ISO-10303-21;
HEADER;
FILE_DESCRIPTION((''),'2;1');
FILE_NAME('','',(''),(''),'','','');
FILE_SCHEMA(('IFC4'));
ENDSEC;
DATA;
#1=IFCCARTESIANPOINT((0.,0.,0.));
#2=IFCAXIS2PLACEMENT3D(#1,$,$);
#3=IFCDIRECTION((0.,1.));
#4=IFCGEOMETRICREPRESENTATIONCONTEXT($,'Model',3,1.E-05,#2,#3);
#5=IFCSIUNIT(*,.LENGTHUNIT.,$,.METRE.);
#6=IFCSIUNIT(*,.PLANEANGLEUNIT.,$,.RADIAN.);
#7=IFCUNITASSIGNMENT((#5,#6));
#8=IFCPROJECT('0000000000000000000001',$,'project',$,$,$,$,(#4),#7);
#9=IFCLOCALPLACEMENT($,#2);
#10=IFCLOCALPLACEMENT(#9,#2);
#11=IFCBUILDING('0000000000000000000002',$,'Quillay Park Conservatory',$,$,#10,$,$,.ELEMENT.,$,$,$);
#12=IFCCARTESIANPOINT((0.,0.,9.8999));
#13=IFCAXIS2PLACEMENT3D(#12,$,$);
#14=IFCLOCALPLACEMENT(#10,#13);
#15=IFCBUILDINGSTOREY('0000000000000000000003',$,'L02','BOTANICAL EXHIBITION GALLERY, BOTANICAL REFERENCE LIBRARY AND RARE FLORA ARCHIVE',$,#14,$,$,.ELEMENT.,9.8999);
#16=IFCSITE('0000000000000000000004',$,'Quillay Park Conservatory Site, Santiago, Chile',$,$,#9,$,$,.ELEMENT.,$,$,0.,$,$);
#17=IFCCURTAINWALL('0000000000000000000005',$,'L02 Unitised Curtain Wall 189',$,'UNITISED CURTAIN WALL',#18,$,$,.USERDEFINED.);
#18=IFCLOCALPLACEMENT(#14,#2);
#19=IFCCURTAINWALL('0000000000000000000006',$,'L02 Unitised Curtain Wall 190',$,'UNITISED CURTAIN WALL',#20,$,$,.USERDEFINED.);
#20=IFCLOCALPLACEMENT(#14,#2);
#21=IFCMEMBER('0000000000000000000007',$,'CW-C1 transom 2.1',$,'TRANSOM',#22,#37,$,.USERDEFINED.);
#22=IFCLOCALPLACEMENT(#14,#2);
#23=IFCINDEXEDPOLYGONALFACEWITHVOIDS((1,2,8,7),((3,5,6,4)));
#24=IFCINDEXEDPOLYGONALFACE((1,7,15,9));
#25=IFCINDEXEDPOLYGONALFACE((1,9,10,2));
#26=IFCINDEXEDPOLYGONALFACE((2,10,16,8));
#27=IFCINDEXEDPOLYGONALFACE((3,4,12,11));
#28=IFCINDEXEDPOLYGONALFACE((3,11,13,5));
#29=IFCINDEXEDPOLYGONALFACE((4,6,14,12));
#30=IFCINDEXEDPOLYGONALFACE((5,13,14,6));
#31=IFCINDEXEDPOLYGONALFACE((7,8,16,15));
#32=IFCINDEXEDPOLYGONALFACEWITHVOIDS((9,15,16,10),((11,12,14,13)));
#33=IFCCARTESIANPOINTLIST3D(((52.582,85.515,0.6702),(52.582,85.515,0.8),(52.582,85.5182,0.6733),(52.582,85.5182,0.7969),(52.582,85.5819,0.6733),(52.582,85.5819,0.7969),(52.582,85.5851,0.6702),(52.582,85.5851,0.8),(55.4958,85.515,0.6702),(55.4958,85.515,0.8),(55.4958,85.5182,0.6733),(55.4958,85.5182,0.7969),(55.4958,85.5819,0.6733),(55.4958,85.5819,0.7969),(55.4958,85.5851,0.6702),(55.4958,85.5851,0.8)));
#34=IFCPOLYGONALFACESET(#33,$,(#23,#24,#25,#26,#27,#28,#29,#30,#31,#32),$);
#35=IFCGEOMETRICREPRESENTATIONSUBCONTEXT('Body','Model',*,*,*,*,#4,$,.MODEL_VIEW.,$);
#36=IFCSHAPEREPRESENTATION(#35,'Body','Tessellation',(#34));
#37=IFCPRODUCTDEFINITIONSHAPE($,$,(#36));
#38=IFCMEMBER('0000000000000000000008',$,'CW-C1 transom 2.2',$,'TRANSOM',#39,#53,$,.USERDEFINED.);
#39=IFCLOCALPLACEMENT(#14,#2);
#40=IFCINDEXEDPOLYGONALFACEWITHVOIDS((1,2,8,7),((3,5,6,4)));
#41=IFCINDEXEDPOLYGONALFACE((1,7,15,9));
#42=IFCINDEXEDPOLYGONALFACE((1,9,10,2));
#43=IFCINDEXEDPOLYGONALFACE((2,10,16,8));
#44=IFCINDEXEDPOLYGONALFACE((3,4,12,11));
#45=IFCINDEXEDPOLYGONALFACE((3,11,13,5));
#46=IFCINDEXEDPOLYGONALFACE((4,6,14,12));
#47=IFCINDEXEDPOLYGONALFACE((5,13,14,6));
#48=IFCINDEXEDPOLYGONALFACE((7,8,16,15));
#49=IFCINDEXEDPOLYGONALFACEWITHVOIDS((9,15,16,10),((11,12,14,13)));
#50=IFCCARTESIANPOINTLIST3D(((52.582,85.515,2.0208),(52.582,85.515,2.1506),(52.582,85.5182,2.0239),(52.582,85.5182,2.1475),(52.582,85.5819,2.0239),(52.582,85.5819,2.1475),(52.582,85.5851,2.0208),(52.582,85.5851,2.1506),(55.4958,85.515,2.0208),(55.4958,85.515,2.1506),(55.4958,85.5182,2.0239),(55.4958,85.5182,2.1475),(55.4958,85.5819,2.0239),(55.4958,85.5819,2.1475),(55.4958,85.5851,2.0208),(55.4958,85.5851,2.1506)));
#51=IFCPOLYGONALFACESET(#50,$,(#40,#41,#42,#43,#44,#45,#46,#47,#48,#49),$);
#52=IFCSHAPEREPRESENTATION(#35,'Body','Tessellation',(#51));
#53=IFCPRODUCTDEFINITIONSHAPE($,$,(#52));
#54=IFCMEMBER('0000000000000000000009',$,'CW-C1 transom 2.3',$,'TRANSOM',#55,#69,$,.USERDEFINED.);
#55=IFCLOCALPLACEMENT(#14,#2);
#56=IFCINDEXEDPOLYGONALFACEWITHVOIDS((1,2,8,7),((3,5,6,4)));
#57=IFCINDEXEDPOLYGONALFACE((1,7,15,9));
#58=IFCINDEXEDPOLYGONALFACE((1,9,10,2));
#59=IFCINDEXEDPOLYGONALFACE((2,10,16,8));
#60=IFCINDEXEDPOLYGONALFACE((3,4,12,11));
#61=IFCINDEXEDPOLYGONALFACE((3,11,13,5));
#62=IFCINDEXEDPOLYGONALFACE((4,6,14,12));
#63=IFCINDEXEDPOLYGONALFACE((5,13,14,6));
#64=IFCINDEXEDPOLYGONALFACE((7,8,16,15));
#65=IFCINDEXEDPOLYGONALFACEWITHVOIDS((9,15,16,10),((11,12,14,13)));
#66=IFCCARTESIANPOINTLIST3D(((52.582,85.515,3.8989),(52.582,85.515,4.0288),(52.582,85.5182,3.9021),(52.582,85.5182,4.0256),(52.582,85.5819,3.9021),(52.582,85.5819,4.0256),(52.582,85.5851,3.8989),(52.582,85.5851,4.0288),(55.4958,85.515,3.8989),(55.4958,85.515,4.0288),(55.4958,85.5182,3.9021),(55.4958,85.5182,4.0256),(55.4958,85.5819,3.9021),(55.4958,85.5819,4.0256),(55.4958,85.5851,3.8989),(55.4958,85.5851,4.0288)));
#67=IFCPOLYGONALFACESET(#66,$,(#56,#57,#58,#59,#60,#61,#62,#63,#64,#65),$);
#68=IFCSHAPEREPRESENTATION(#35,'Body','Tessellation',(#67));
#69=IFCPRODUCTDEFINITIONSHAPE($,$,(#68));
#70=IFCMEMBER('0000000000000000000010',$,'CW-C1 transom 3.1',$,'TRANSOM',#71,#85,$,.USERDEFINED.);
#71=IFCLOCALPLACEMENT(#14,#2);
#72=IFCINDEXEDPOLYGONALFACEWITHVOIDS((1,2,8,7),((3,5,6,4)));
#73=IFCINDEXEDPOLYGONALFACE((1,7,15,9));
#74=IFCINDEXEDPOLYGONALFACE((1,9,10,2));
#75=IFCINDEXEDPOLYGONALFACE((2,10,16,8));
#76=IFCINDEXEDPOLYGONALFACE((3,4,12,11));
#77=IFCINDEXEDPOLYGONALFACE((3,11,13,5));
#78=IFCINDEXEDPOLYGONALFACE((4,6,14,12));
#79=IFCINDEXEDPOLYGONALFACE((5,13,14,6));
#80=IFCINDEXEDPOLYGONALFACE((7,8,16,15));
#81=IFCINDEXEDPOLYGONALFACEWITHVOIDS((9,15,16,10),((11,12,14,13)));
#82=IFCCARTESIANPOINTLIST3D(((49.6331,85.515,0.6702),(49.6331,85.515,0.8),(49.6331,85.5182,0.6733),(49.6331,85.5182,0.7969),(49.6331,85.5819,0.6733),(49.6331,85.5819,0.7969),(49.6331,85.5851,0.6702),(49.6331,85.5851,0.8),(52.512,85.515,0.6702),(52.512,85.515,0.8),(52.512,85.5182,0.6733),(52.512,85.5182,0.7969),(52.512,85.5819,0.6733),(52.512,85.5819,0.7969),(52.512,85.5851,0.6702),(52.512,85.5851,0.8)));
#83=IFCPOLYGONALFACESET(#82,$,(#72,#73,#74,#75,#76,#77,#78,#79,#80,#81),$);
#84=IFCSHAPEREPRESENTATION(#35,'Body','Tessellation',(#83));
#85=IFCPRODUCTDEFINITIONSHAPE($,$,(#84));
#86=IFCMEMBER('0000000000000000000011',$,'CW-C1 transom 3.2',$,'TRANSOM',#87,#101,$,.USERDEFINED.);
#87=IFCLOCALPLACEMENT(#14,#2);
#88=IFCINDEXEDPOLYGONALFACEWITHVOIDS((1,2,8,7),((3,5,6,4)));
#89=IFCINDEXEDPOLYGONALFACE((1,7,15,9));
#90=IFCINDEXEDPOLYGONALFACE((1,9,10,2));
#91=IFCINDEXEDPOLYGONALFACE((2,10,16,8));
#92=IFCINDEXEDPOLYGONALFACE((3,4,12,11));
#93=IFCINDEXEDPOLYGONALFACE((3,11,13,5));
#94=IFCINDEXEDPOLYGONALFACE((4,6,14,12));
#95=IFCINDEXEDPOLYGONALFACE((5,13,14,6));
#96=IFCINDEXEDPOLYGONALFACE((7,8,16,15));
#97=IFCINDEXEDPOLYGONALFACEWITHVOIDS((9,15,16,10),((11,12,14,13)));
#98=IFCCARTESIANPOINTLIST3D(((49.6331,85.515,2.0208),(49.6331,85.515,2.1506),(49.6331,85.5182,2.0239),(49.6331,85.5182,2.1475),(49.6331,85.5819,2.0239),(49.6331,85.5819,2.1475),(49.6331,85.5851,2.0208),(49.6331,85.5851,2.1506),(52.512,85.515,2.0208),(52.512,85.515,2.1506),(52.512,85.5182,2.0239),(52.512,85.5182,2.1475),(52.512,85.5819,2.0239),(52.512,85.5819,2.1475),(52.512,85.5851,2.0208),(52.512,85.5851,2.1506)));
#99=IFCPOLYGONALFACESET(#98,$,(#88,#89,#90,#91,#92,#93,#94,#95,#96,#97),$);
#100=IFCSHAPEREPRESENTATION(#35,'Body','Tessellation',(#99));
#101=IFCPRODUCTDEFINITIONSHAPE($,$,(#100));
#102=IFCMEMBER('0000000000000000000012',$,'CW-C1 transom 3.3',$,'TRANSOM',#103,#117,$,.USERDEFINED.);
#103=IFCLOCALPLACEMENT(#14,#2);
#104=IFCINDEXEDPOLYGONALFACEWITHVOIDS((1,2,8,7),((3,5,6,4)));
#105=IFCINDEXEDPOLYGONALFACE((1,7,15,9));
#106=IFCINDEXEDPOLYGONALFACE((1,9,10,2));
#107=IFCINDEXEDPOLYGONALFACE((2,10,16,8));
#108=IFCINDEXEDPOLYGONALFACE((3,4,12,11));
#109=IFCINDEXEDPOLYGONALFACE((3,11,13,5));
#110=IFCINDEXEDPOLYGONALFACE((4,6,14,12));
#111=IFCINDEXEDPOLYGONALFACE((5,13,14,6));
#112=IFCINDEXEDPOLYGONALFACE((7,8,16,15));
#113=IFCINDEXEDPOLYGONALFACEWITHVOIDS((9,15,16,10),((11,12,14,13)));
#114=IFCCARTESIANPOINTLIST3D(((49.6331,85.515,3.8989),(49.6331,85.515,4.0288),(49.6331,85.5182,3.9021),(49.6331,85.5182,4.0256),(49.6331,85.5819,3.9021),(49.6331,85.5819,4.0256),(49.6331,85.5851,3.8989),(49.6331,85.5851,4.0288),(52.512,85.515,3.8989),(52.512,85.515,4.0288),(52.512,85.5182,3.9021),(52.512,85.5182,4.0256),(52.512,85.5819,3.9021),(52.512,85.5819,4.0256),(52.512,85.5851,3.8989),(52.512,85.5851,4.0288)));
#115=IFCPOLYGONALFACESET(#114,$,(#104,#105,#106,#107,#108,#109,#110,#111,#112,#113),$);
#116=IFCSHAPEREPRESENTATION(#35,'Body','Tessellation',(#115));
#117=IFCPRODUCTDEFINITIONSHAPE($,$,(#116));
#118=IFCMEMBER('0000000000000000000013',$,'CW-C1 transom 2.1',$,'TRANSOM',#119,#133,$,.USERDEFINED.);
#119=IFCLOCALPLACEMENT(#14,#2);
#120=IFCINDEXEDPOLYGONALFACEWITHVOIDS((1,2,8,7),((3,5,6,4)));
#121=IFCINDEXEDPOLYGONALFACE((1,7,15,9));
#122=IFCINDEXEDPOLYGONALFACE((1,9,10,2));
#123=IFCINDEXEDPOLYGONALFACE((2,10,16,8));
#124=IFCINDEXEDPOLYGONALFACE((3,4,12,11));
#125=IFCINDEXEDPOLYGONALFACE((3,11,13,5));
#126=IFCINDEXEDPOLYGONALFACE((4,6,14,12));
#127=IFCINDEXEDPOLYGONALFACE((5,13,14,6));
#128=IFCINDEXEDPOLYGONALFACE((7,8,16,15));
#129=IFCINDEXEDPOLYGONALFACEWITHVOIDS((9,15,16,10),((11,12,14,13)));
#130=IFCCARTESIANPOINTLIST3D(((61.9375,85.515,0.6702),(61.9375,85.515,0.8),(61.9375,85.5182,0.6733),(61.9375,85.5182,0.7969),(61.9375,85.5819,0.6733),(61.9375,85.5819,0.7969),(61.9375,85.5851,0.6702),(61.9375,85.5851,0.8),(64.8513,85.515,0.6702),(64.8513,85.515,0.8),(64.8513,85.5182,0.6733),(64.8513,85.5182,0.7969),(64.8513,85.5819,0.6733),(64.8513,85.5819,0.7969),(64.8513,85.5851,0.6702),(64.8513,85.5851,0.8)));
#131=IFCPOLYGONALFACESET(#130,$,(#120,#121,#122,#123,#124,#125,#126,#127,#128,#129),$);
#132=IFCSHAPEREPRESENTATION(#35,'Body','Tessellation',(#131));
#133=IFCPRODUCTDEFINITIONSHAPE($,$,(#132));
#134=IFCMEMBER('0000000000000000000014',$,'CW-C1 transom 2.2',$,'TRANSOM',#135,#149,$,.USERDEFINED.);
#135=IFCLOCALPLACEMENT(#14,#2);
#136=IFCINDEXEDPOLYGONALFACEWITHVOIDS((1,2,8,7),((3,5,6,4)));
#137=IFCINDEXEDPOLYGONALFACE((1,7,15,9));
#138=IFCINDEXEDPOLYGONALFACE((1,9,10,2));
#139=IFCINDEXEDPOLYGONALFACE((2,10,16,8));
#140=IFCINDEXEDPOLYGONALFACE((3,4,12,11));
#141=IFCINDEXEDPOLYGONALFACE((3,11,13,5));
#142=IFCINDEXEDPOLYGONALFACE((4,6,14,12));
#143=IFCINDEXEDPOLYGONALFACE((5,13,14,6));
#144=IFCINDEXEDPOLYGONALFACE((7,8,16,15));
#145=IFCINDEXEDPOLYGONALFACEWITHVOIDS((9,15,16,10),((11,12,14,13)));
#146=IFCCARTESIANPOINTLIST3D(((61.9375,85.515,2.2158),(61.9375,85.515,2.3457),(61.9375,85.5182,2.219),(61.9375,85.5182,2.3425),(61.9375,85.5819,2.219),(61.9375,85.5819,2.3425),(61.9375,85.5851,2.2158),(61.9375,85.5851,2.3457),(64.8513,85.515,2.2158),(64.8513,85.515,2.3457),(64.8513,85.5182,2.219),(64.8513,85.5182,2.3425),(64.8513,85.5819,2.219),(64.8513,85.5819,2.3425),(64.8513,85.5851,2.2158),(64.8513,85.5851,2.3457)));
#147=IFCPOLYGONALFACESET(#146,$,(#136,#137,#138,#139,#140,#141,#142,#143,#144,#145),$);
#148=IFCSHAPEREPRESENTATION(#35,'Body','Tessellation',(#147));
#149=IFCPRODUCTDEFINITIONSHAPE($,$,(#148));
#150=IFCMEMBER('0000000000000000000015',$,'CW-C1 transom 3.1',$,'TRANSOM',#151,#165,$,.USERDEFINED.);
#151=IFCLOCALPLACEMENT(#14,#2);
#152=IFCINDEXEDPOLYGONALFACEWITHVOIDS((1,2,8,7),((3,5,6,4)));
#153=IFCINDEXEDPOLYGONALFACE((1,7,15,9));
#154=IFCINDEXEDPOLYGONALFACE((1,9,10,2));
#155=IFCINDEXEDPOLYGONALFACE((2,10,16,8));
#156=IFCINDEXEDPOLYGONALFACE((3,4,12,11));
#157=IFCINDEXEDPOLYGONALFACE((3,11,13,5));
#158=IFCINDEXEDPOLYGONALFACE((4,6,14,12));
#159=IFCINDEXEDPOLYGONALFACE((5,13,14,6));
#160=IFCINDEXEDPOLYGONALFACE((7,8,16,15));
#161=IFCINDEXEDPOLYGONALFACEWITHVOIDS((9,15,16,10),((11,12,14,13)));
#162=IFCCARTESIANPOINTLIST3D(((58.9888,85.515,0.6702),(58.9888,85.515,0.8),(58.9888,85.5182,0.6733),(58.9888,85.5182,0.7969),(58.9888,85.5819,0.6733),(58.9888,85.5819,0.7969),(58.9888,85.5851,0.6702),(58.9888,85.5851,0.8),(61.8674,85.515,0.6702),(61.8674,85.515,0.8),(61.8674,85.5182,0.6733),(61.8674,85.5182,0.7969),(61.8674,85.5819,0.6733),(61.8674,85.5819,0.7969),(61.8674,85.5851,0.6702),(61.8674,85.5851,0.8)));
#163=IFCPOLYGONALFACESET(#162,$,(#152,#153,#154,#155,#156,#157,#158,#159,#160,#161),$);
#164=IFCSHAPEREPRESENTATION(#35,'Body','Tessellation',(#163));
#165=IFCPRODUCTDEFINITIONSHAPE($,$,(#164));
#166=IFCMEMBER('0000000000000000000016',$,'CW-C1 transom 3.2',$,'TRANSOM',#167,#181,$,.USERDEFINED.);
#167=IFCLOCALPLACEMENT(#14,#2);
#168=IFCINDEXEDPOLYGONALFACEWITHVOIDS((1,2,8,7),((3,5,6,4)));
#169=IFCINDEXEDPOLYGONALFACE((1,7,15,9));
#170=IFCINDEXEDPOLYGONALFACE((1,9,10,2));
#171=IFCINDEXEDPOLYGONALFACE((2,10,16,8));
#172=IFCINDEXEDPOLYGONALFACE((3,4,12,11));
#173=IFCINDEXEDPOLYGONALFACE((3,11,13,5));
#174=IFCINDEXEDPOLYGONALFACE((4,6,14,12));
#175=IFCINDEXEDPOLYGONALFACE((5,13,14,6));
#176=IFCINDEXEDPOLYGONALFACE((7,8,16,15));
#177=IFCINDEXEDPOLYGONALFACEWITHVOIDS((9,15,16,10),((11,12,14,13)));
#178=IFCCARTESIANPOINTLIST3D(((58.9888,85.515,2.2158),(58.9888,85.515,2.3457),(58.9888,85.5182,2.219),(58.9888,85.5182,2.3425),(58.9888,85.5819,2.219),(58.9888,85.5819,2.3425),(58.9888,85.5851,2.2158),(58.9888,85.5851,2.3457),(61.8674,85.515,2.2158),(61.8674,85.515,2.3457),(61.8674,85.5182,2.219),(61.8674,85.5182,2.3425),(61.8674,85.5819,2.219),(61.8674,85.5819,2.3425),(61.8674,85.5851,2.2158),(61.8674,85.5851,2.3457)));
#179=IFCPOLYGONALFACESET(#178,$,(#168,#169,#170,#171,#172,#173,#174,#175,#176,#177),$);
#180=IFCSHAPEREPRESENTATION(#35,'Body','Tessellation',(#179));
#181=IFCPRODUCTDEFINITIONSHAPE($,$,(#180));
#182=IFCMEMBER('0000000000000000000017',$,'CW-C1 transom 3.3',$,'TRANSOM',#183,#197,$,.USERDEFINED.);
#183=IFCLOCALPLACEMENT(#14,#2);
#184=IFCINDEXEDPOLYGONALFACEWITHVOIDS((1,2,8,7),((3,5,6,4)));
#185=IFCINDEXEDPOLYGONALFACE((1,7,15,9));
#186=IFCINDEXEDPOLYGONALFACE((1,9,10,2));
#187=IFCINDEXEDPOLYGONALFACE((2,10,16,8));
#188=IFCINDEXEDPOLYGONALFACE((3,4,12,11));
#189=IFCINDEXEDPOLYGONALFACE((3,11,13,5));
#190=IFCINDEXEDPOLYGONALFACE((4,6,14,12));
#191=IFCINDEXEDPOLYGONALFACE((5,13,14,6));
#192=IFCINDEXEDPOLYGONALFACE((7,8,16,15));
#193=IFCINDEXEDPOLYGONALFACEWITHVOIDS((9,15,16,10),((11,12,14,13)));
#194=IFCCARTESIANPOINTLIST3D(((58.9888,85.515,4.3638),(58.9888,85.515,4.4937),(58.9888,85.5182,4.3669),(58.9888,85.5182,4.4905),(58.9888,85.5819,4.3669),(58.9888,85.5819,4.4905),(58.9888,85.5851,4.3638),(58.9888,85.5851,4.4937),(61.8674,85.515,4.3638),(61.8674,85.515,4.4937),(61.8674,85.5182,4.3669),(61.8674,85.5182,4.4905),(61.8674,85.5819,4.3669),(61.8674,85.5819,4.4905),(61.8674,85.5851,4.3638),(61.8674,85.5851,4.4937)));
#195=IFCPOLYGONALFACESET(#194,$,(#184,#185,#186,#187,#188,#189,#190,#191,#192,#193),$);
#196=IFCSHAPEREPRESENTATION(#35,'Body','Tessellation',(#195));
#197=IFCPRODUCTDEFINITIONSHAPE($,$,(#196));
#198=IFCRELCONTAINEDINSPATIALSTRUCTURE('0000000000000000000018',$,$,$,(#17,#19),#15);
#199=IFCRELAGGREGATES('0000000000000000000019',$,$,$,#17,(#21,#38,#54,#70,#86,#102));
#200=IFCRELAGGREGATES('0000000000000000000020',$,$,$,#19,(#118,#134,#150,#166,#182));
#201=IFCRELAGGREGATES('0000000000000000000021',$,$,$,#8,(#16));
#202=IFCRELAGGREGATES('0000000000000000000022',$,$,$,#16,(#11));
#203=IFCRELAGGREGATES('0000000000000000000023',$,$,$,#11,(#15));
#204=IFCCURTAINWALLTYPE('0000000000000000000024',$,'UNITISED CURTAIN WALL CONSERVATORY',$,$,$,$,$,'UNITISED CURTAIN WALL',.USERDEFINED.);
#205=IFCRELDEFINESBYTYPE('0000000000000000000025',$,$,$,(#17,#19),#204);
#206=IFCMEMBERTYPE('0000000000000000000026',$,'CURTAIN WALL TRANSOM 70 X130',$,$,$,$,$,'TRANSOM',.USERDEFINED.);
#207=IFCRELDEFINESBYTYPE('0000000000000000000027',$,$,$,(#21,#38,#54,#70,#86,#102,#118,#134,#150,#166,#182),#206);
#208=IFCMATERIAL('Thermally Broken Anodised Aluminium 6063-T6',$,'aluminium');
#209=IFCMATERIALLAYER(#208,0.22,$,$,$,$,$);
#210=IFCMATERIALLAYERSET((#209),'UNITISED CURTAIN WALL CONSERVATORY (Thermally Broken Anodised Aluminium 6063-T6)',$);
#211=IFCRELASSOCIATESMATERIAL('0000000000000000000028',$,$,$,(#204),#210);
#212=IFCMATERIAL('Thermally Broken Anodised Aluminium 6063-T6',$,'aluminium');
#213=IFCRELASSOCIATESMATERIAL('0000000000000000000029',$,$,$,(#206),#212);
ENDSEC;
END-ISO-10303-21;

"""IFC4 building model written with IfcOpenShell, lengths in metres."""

from ifc_helpers import new_model, si_unit, direction, frame, origin, origin_2d, place, context, subcontext, project, spatial, hollow_rectangle, extrude, material, layer, layer_set, material_profile, profile_set, type_object, element, aggregate, save


model = new_model("IFC4")

# Units and contexts
model_context = context("Model", 3, precision=1e-05, world=origin(), true_north=direction((0.0, 1.0)))
body_context = subcontext(model_context, "Body", "Model", "MODEL_VIEW")
ifc_project = project(units=[si_unit("LENGTHUNIT", "METRE"), si_unit("PLANEANGLEUNIT", "RADIAN")], contexts=[model_context])

# Site, building, storey
site_placement = place(None, origin())
site = spatial("IfcSite", under=ifc_project, at=site_placement, Name="Quillay Park Conservatory Site, Santiago, Chile", CompositionType="ELEMENT", RefElevation=0.0)
building_placement = place(site_placement, origin())
building = spatial("IfcBuilding", under=site, at=building_placement, Name="Quillay Park Conservatory", CompositionType="ELEMENT")
storey_placement = place(building_placement, frame((0.0, 0.0, 9.8999)))
storey = spatial("IfcBuildingStorey", under=building, at=storey_placement, Name="L02", Description="BOTANICAL EXHIBITION GALLERY, BOTANICAL REFERENCE LIBRARY AND RARE FLORA ARCHIVE", CompositionType="ELEMENT", Elevation=9.8999)

# Shared definitions
ifc_material_1 = material(Name="Thermally Broken Anodised Aluminium 6063-T6", Category="aluminium")
ifc_layer_1 = layer(ifc_material_1, 0.22)
ifc_layer_set_1 = layer_set([ifc_layer_1], Name="UNITISED CURTAIN WALL CONSERVATORY (Thermally Broken Anodised Aluminium 6063-T6)")
curtain_wall_type = type_object("IfcCurtainWallType", Name="UNITISED CURTAIN WALL CONSERVATORY", ElementType="UNITISED CURTAIN WALL", PredefinedType="USERDEFINED", material=ifc_layer_set_1)

# Curtain walls
curtain_wall_1_placement = place(storey_placement, origin())
curtain_wall_1 = element("IfcCurtainWall", 1, at=curtain_wall_1_placement, inside=storey, type_object=curtain_wall_type, Name="L02 Unitised Curtain Wall 189", ObjectType="UNITISED CURTAIN WALL", PredefinedType="USERDEFINED")
curtain_wall_2_placement = place(storey_placement, origin())
curtain_wall_2 = element("IfcCurtainWall", 2, at=curtain_wall_2_placement, inside=storey, type_object=curtain_wall_type, Name="L02 Unitised Curtain Wall 190", ObjectType="UNITISED CURTAIN WALL", PredefinedType="USERDEFINED")

# Members
ifc_material_2 = material(Name="Thermally Broken Anodised Aluminium 6063-T6", Category="aluminium")
ifc_material_profile_1 = material_profile(ifc_material_2, hollow_rectangle(XDim=0.0701, YDim=0.1299, WallThickness=0.0032, at=origin_2d()), Name="AL70x130x3.2")
ifc_profile_set_1 = profile_set([ifc_material_profile_1], Name="Thermally Broken Anodised Aluminium 6063-T6")
member_type_1 = type_object("IfcMemberType", Name="CURTAIN WALL TRANSOM 70 X130", ElementType="TRANSOM", PredefinedType="USERDEFINED", material=ifc_profile_set_1)
member_1_placement = place(storey_placement, frame((55.4958, 85.55, 0.7351), z_axis=(-1.0, 0.0, 0.0), x_axis=(0.0, -1.0, 0.0)))
member_1 = element("IfcMember", 3, at=member_1_placement, type_object=member_type_1, Name="CW-C1 transom 2.1", ObjectType="TRANSOM", PredefinedType="USERDEFINED", context=body_context, shape_type="SweptSolid", body=[
    extrude(hollow_rectangle(XDim=0.0701, YDim=0.1299, WallThickness=0.0032, at=origin_2d()), origin(), (0.0, 0.0, 1.0), 2.9138),
])
member_2_placement = place(storey_placement, frame((55.4958, 85.55, 2.0857), z_axis=(-1.0, 0.0, 0.0), x_axis=(0.0, -1.0, 0.0)))
member_2 = element("IfcMember", 4, at=member_2_placement, type_object=member_type_1, Name="CW-C1 transom 2.2", ObjectType="TRANSOM", PredefinedType="USERDEFINED", context=body_context, shape_type="SweptSolid", body=[
    extrude(hollow_rectangle(XDim=0.0701, YDim=0.1299, WallThickness=0.0032, at=origin_2d()), origin(), (0.0, 0.0, 1.0), 2.9138),
])
member_3_placement = place(storey_placement, frame((55.4958, 85.55, 3.9639), z_axis=(-1.0, 0.0, 0.0), x_axis=(0.0, -1.0, 0.0)))
member_3 = element("IfcMember", 5, at=member_3_placement, type_object=member_type_1, Name="CW-C1 transom 2.3", ObjectType="TRANSOM", PredefinedType="USERDEFINED", context=body_context, shape_type="SweptSolid", body=[
    extrude(hollow_rectangle(XDim=0.0701, YDim=0.1299, WallThickness=0.0032, at=origin_2d()), origin(), (0.0, 0.0, 1.0), 2.9138),
])
member_4_placement = place(storey_placement, frame((52.512, 85.55, 0.7351), z_axis=(-1.0, 0.0, 0.0), x_axis=(0.0, -1.0, 0.0)))
member_4 = element("IfcMember", 6, at=member_4_placement, type_object=member_type_1, Name="CW-C1 transom 3.1", ObjectType="TRANSOM", PredefinedType="USERDEFINED", context=body_context, shape_type="SweptSolid", body=[
    extrude(hollow_rectangle(XDim=0.0701, YDim=0.1299, WallThickness=0.0032, at=origin_2d()), origin(), (0.0, 0.0, 1.0), 2.8789),
])
member_5_placement = place(storey_placement, frame((52.512, 85.55, 2.0857), z_axis=(-1.0, 0.0, 0.0), x_axis=(0.0, -1.0, 0.0)))
member_5 = element("IfcMember", 7, at=member_5_placement, type_object=member_type_1, Name="CW-C1 transom 3.2", ObjectType="TRANSOM", PredefinedType="USERDEFINED", context=body_context, shape_type="SweptSolid", body=[
    extrude(hollow_rectangle(XDim=0.0701, YDim=0.1299, WallThickness=0.0032, at=origin_2d()), origin(), (0.0, 0.0, 1.0), 2.8789),
])
member_6_placement = place(storey_placement, frame((52.512, 85.55, 3.9639), z_axis=(-1.0, 0.0, 0.0), x_axis=(0.0, -1.0, 0.0)))
member_6 = element("IfcMember", 8, at=member_6_placement, type_object=member_type_1, Name="CW-C1 transom 3.3", ObjectType="TRANSOM", PredefinedType="USERDEFINED", context=body_context, shape_type="SweptSolid", body=[
    extrude(hollow_rectangle(XDim=0.0701, YDim=0.1299, WallThickness=0.0032, at=origin_2d()), origin(), (0.0, 0.0, 1.0), 2.8789),
])
member_7_placement = place(storey_placement, frame((64.8513, 85.55, 0.7351), z_axis=(-1.0, 0.0, 0.0), x_axis=(0.0, -1.0, 0.0)))
member_7 = element("IfcMember", 9, at=member_7_placement, type_object=member_type_1, Name="CW-C1 transom 2.1", ObjectType="TRANSOM", PredefinedType="USERDEFINED", context=body_context, shape_type="SweptSolid", body=[
    extrude(hollow_rectangle(XDim=0.0701, YDim=0.1299, WallThickness=0.0032, at=origin_2d()), origin(), (0.0, 0.0, 1.0), 2.9138),
])
member_8_placement = place(storey_placement, frame((64.8513, 85.55, 2.2808), z_axis=(-1.0, 0.0, 0.0), x_axis=(0.0, -1.0, 0.0)))
member_8 = element("IfcMember", 10, at=member_8_placement, type_object=member_type_1, Name="CW-C1 transom 2.2", ObjectType="TRANSOM", PredefinedType="USERDEFINED", context=body_context, shape_type="SweptSolid", body=[
    extrude(hollow_rectangle(XDim=0.0701, YDim=0.1299, WallThickness=0.0032, at=origin_2d()), origin(), (0.0, 0.0, 1.0), 2.9138),
])
member_9_placement = place(storey_placement, frame((61.8674, 85.55, 0.7351), z_axis=(-1.0, 0.0, 0.0), x_axis=(0.0, -1.0, 0.0)))
member_9 = element("IfcMember", 11, at=member_9_placement, type_object=member_type_1, Name="CW-C1 transom 3.1", ObjectType="TRANSOM", PredefinedType="USERDEFINED", context=body_context, shape_type="SweptSolid", body=[
    extrude(hollow_rectangle(XDim=0.0701, YDim=0.1299, WallThickness=0.0032, at=origin_2d()), origin(), (0.0, 0.0, 1.0), 2.8787),
])
member_10_placement = place(storey_placement, frame((61.8674, 85.55, 2.2808), z_axis=(-1.0, 0.0, 0.0), x_axis=(0.0, -1.0, 0.0)))
member_10 = element("IfcMember", 12, at=member_10_placement, type_object=member_type_1, Name="CW-C1 transom 3.2", ObjectType="TRANSOM", PredefinedType="USERDEFINED", context=body_context, shape_type="SweptSolid", body=[
    extrude(hollow_rectangle(XDim=0.0701, YDim=0.1299, WallThickness=0.0032, at=origin_2d()), origin(), (0.0, 0.0, 1.0), 2.8787),
])
member_11_placement = place(storey_placement, frame((61.8674, 85.55, 4.4287), z_axis=(-1.0, 0.0, 0.0), x_axis=(0.0, -1.0, 0.0)))
member_11 = element("IfcMember", 13, at=member_11_placement, type_object=member_type_1, Name="CW-C1 transom 3.3", ObjectType="TRANSOM", PredefinedType="USERDEFINED", context=body_context, shape_type="SweptSolid", body=[
    extrude(hollow_rectangle(XDim=0.0701, YDim=0.1299, WallThickness=0.0032, at=origin_2d()), origin(), (0.0, 0.0, 1.0), 2.8787),
])

aggregate(curtain_wall_1, [member_1, member_2, member_3, member_4, member_5, member_6])
aggregate(curtain_wall_2, [member_7, member_8, member_9, member_10, member_11])

save(model, "model.ifc")
